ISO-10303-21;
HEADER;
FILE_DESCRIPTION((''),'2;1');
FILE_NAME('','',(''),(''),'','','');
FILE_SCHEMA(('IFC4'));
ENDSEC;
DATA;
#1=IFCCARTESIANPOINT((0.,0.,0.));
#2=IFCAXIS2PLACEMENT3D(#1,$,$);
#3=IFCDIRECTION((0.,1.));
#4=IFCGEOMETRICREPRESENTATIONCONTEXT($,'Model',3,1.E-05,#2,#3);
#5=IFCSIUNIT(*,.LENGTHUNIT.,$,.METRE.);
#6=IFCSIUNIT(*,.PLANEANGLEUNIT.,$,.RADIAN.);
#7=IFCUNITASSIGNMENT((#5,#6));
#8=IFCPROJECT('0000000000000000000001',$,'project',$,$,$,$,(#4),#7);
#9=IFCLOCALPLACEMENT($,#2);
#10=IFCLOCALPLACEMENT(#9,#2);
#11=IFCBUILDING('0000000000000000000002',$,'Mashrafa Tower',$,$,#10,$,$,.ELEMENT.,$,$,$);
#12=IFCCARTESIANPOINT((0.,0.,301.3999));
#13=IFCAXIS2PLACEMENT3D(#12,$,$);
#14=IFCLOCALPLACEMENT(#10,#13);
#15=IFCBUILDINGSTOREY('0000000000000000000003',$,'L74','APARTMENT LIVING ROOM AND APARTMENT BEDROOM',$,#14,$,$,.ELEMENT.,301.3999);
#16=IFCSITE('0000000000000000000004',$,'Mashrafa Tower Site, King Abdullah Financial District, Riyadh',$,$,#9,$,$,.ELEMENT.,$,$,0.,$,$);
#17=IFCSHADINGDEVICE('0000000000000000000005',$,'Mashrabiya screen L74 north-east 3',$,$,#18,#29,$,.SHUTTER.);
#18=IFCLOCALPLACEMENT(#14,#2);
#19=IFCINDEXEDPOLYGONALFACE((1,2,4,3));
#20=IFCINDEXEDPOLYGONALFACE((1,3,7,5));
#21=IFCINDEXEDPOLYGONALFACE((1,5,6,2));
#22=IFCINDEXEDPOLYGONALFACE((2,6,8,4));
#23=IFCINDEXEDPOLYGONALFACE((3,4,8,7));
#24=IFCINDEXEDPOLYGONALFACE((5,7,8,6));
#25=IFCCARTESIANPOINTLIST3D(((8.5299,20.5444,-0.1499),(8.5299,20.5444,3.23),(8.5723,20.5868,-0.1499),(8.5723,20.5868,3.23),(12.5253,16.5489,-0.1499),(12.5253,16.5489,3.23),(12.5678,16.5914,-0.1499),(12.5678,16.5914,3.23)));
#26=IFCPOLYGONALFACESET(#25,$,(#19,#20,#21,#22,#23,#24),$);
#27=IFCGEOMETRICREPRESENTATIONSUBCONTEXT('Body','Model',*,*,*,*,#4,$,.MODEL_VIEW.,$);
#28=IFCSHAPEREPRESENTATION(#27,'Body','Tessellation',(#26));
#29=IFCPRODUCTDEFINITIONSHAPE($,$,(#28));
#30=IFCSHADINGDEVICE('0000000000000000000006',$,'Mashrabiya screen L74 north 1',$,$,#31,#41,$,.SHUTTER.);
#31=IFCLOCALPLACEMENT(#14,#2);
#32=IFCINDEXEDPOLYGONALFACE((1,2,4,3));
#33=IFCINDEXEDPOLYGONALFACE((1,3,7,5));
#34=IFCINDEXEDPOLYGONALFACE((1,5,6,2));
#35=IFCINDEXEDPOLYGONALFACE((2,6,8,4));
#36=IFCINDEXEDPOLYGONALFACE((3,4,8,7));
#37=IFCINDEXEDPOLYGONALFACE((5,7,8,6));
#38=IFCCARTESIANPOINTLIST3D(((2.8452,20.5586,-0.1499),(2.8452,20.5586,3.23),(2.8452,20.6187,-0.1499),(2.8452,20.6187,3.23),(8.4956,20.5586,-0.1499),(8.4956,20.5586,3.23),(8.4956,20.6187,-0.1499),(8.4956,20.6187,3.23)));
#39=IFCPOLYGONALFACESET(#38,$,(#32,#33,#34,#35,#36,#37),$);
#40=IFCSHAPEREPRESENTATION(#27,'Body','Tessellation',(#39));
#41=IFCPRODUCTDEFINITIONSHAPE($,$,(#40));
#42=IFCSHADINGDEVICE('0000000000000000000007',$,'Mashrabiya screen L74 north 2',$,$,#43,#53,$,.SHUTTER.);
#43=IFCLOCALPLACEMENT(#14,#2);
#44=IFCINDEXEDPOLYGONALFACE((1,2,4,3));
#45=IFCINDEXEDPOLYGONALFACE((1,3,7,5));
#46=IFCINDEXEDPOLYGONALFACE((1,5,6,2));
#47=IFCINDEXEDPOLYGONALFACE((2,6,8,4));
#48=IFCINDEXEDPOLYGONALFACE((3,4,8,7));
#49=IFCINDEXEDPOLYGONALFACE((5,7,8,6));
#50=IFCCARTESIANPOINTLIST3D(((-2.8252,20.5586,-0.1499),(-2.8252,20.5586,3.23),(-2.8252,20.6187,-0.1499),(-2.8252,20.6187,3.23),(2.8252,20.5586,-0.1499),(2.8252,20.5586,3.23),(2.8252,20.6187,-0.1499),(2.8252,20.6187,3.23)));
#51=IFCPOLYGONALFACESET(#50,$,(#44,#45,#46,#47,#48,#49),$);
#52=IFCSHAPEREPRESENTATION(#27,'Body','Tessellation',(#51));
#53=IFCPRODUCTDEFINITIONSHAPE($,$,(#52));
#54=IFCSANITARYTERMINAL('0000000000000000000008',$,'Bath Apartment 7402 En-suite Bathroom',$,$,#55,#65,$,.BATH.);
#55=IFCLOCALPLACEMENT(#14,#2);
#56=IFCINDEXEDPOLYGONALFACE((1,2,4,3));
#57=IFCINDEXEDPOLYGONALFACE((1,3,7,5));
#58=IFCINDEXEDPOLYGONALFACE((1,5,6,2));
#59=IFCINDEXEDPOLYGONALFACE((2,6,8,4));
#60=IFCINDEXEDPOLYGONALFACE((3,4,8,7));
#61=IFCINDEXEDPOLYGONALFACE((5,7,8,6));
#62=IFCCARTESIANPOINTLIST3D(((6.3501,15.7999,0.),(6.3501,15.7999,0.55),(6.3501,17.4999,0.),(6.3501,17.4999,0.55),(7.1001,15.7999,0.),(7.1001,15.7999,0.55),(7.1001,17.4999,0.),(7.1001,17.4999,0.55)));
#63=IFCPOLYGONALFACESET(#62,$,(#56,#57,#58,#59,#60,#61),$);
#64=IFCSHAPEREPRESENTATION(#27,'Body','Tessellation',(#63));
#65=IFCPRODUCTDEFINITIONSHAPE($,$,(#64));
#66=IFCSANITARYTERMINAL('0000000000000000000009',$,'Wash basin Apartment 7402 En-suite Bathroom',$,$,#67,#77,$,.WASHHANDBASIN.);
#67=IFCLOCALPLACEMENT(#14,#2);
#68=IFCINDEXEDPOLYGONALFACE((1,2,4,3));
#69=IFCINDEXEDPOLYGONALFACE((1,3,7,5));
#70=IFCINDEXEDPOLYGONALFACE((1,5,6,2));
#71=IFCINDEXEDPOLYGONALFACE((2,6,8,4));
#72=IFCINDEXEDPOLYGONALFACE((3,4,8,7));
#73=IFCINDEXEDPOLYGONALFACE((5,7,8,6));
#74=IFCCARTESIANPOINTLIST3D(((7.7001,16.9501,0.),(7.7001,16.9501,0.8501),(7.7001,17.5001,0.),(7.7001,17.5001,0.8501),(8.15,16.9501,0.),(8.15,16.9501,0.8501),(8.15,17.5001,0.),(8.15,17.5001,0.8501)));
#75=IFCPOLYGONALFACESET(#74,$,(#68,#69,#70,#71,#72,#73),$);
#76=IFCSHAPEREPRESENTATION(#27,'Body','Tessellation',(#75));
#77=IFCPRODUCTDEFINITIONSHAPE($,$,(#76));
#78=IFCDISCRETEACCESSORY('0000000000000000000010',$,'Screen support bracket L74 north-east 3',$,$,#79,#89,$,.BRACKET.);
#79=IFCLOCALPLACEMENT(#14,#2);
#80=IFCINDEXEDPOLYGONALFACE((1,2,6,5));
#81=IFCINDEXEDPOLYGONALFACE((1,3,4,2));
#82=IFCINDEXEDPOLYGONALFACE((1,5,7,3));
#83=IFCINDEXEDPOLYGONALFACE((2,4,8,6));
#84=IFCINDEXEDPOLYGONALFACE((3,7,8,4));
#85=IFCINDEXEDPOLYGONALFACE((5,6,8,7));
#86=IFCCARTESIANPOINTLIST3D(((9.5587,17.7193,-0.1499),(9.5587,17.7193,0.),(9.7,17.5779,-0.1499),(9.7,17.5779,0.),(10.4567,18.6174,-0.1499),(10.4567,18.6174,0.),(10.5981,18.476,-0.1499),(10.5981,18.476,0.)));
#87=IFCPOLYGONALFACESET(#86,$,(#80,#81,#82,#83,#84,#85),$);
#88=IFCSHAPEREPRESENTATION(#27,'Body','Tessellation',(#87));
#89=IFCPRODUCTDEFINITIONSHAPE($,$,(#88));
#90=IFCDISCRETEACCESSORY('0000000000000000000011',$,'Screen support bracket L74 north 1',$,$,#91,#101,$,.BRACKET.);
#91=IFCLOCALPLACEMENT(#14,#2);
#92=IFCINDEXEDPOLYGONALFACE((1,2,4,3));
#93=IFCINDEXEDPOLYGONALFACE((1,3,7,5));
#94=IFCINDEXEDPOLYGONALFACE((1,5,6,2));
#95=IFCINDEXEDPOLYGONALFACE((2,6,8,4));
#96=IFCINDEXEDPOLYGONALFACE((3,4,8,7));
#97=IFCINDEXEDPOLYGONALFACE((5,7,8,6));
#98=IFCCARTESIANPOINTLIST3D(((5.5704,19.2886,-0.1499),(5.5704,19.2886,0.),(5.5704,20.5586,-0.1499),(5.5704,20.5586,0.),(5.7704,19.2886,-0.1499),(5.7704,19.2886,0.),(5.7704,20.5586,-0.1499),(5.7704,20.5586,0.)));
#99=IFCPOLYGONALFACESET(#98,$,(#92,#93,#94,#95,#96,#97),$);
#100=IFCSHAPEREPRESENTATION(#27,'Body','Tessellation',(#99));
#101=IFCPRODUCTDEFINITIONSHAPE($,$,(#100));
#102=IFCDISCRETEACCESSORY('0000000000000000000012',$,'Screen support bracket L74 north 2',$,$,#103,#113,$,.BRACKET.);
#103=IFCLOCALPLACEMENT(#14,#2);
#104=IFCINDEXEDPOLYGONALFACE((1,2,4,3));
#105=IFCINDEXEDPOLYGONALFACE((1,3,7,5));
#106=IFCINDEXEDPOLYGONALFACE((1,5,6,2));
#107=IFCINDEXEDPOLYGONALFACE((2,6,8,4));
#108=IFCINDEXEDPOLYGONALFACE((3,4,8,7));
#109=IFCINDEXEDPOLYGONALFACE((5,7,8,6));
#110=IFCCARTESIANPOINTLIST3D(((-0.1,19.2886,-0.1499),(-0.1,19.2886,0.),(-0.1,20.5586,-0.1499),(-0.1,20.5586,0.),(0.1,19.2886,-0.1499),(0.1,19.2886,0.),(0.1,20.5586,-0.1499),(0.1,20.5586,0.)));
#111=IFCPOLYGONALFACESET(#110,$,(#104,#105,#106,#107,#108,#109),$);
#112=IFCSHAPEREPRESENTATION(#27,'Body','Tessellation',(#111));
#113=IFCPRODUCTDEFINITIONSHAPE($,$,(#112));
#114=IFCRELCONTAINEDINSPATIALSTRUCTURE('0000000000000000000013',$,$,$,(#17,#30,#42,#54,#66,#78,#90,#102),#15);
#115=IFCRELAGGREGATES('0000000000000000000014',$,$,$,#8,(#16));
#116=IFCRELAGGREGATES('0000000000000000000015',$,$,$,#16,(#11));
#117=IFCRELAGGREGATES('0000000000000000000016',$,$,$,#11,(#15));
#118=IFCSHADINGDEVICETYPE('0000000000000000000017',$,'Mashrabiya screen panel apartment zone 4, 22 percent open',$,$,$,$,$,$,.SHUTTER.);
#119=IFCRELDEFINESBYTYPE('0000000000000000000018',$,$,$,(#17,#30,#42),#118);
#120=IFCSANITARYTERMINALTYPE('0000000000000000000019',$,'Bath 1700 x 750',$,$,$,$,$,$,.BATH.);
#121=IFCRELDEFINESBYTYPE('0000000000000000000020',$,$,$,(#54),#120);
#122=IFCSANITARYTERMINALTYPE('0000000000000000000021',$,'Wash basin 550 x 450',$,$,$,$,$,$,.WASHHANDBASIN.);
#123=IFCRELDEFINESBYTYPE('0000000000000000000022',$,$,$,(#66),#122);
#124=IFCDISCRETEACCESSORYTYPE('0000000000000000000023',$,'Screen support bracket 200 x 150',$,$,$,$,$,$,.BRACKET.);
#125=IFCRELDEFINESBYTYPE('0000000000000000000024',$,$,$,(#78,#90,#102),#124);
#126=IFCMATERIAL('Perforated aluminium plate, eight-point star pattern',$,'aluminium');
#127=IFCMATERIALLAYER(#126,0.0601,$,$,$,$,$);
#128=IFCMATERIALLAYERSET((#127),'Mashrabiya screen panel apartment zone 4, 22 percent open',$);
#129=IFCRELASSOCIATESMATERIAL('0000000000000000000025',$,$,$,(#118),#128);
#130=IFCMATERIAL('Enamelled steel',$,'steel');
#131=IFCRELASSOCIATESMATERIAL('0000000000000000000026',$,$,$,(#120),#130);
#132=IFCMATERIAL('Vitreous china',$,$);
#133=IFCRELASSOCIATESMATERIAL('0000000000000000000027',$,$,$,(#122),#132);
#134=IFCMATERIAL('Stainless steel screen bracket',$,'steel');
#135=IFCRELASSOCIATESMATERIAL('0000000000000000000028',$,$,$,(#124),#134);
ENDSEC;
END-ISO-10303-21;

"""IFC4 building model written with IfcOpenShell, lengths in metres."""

from ifc_helpers import new_model, si_unit, direction, frame, origin, origin_2d, place, context, subcontext, project, spatial, rectangle, extrude, source, transform, mapped, material, layer, layer_set, type_object, type_shapes, element, save


model = new_model("IFC4")

# Units and contexts
model_context = context("Model", 3, precision=1e-05, world=origin(), true_north=direction((0.0, 1.0)))
body_context = subcontext(model_context, "Body", "Model", "MODEL_VIEW")
ifc_project = project(units=[si_unit("LENGTHUNIT", "METRE"), si_unit("PLANEANGLEUNIT", "RADIAN")], contexts=[model_context])

# Site, building, storey
site_placement = place(None, origin())
site = spatial("IfcSite", under=ifc_project, at=site_placement, Name="Mashrafa Tower Site, King Abdullah Financial District, Riyadh", CompositionType="ELEMENT", RefElevation=0.0)
building_placement = place(site_placement, origin())
building = spatial("IfcBuilding", under=site, at=building_placement, Name="Mashrafa Tower", CompositionType="ELEMENT")
storey_placement = place(building_placement, frame((0.0, 0.0, 301.3999)))
storey = spatial("IfcBuildingStorey", under=building, at=storey_placement, Name="L74", Description="APARTMENT LIVING ROOM AND APARTMENT BEDROOM", CompositionType="ELEMENT", Elevation=301.3999)

# Shading devices
ifc_material_1 = material(Name="Perforated aluminium plate, eight-point star pattern", Category="aluminium")
ifc_layer_1 = layer(ifc_material_1, 0.0601)
ifc_layer_set_1 = layer_set([ifc_layer_1], Name="Mashrabiya screen panel apartment zone 4, 22 percent open")
shading_device_type = type_object("IfcShadingDeviceType", Name="Mashrabiya screen panel apartment zone 4, 22 percent open", PredefinedType="SHUTTER", material=ifc_layer_set_1)
shared_shape_1 = source(origin(), body_context, "Body", "SweptSolid", [
    extrude(rectangle(XDim=5.6504, YDim=0.0601, at=origin_2d()), origin(), (0.0, 0.0, 1.0), 3.3799),
])
type_shapes(shading_device_type, [shared_shape_1])
for number, where, z_axis, x_axis, name in (
    (1, (10.5488, 18.5679, -0.1499), (0.0, 0.0, 1.0), (-0.707107, 0.707107, 0.0), "Mashrabiya screen L74 north-east 3"),
    (2, (5.6704, 20.5886, -0.1499), (0.0, 0.0, 1.0), (-1.0, 0.0, 0.0), "Mashrabiya screen L74 north 1"),
    (3, (0.0, 20.5886, -0.1499), (0.0, 0.0, 1.0), (-1.0, 0.0, 0.0), "Mashrabiya screen L74 north 2"),
):
    element("IfcShadingDevice", number, at=place(storey_placement, frame(where, z_axis=z_axis, x_axis=x_axis)), inside=storey, type_object=shading_device_type, Name=name, PredefinedType="SHUTTER", context=body_context, shape_type="MappedRepresentation", body=[
        mapped(shared_shape_1, transform((0.0, 0.0, 0.0))),
    ])

# Sanitary terminals
ifc_material_2 = material(Name="Enamelled steel", Category="steel")
sanitary_terminal_type_1 = type_object("IfcSanitaryTerminalType", Name="Bath 1700 x 750", PredefinedType="BATH", material=ifc_material_2)
sanitary_terminal_1_placement = place(storey_placement, frame((6.7251, 16.6499, 0.0), z_axis=(0.0, 0.0, 1.0), x_axis=(0.0, -1.0, 0.0)))
element("IfcSanitaryTerminal", 4, at=sanitary_terminal_1_placement, inside=storey, type_object=sanitary_terminal_type_1, Name="Bath Apartment 7402 En-suite Bathroom", PredefinedType="BATH", context=body_context, shape_type="SweptSolid", body=[
    extrude(rectangle(XDim=1.7, YDim=0.75, at=origin_2d()), origin(), (0.0, 0.0, 1.0), 0.55),
])
ifc_material_3 = material(Name="Vitreous china")
sanitary_terminal_type_2 = type_object("IfcSanitaryTerminalType", Name="Wash basin 550 x 450", PredefinedType="WASHHANDBASIN", material=ifc_material_3)
sanitary_terminal_2_placement = place(storey_placement, frame((7.925, 17.2251, 0.0), z_axis=(0.0, 0.0, 1.0), x_axis=(0.0, 1.0, 0.0)))
element("IfcSanitaryTerminal", 5, at=sanitary_terminal_2_placement, inside=storey, type_object=sanitary_terminal_type_2, Name="Wash basin Apartment 7402 En-suite Bathroom", PredefinedType="WASHHANDBASIN", context=body_context, shape_type="SweptSolid", body=[
    extrude(rectangle(XDim=0.55, YDim=0.45, at=origin_2d()), origin(), (0.0, 0.0, 1.0), 0.8501),
])

# Discrete accessories
ifc_material_4 = material(Name="Stainless steel screen bracket", Category="steel")
discrete_accessory_type = type_object("IfcDiscreteAccessoryType", Name="Screen support bracket 200 x 150", PredefinedType="BRACKET", material=ifc_material_4)
shared_shape_2 = source(origin(), body_context, "Body", "SweptSolid", [
    extrude(rectangle(XDim=0.2, YDim=1.27, at=origin_2d()), origin(), (0.0, 0.0, 1.0), 0.1499),
])
type_shapes(discrete_accessory_type, [shared_shape_2])
for number, where, z_axis, x_axis, name in (
    (6, (10.0784, 18.0977, -0.1499), (0.0, 0.0, 1.0), (-0.707107, 0.707107, 0.0), "Screen support bracket L74 north-east 3"),
    (7, (5.6704, 19.9236, -0.1499), (0.0, 0.0, 1.0), (-1.0, 0.0, 0.0), "Screen support bracket L74 north 1"),
    (8, (0.0, 19.9236, -0.1499), (0.0, 0.0, 1.0), (-1.0, 0.0, 0.0), "Screen support bracket L74 north 2"),
):
    element("IfcDiscreteAccessory", number, at=place(storey_placement, frame(where, z_axis=z_axis, x_axis=x_axis)), inside=storey, type_object=discrete_accessory_type, Name=name, PredefinedType="BRACKET", context=body_context, shape_type="MappedRepresentation", body=[
        mapped(shared_shape_2, transform((0.0, 0.0, 0.0))),
    ])

save(model, "model.ifc")
